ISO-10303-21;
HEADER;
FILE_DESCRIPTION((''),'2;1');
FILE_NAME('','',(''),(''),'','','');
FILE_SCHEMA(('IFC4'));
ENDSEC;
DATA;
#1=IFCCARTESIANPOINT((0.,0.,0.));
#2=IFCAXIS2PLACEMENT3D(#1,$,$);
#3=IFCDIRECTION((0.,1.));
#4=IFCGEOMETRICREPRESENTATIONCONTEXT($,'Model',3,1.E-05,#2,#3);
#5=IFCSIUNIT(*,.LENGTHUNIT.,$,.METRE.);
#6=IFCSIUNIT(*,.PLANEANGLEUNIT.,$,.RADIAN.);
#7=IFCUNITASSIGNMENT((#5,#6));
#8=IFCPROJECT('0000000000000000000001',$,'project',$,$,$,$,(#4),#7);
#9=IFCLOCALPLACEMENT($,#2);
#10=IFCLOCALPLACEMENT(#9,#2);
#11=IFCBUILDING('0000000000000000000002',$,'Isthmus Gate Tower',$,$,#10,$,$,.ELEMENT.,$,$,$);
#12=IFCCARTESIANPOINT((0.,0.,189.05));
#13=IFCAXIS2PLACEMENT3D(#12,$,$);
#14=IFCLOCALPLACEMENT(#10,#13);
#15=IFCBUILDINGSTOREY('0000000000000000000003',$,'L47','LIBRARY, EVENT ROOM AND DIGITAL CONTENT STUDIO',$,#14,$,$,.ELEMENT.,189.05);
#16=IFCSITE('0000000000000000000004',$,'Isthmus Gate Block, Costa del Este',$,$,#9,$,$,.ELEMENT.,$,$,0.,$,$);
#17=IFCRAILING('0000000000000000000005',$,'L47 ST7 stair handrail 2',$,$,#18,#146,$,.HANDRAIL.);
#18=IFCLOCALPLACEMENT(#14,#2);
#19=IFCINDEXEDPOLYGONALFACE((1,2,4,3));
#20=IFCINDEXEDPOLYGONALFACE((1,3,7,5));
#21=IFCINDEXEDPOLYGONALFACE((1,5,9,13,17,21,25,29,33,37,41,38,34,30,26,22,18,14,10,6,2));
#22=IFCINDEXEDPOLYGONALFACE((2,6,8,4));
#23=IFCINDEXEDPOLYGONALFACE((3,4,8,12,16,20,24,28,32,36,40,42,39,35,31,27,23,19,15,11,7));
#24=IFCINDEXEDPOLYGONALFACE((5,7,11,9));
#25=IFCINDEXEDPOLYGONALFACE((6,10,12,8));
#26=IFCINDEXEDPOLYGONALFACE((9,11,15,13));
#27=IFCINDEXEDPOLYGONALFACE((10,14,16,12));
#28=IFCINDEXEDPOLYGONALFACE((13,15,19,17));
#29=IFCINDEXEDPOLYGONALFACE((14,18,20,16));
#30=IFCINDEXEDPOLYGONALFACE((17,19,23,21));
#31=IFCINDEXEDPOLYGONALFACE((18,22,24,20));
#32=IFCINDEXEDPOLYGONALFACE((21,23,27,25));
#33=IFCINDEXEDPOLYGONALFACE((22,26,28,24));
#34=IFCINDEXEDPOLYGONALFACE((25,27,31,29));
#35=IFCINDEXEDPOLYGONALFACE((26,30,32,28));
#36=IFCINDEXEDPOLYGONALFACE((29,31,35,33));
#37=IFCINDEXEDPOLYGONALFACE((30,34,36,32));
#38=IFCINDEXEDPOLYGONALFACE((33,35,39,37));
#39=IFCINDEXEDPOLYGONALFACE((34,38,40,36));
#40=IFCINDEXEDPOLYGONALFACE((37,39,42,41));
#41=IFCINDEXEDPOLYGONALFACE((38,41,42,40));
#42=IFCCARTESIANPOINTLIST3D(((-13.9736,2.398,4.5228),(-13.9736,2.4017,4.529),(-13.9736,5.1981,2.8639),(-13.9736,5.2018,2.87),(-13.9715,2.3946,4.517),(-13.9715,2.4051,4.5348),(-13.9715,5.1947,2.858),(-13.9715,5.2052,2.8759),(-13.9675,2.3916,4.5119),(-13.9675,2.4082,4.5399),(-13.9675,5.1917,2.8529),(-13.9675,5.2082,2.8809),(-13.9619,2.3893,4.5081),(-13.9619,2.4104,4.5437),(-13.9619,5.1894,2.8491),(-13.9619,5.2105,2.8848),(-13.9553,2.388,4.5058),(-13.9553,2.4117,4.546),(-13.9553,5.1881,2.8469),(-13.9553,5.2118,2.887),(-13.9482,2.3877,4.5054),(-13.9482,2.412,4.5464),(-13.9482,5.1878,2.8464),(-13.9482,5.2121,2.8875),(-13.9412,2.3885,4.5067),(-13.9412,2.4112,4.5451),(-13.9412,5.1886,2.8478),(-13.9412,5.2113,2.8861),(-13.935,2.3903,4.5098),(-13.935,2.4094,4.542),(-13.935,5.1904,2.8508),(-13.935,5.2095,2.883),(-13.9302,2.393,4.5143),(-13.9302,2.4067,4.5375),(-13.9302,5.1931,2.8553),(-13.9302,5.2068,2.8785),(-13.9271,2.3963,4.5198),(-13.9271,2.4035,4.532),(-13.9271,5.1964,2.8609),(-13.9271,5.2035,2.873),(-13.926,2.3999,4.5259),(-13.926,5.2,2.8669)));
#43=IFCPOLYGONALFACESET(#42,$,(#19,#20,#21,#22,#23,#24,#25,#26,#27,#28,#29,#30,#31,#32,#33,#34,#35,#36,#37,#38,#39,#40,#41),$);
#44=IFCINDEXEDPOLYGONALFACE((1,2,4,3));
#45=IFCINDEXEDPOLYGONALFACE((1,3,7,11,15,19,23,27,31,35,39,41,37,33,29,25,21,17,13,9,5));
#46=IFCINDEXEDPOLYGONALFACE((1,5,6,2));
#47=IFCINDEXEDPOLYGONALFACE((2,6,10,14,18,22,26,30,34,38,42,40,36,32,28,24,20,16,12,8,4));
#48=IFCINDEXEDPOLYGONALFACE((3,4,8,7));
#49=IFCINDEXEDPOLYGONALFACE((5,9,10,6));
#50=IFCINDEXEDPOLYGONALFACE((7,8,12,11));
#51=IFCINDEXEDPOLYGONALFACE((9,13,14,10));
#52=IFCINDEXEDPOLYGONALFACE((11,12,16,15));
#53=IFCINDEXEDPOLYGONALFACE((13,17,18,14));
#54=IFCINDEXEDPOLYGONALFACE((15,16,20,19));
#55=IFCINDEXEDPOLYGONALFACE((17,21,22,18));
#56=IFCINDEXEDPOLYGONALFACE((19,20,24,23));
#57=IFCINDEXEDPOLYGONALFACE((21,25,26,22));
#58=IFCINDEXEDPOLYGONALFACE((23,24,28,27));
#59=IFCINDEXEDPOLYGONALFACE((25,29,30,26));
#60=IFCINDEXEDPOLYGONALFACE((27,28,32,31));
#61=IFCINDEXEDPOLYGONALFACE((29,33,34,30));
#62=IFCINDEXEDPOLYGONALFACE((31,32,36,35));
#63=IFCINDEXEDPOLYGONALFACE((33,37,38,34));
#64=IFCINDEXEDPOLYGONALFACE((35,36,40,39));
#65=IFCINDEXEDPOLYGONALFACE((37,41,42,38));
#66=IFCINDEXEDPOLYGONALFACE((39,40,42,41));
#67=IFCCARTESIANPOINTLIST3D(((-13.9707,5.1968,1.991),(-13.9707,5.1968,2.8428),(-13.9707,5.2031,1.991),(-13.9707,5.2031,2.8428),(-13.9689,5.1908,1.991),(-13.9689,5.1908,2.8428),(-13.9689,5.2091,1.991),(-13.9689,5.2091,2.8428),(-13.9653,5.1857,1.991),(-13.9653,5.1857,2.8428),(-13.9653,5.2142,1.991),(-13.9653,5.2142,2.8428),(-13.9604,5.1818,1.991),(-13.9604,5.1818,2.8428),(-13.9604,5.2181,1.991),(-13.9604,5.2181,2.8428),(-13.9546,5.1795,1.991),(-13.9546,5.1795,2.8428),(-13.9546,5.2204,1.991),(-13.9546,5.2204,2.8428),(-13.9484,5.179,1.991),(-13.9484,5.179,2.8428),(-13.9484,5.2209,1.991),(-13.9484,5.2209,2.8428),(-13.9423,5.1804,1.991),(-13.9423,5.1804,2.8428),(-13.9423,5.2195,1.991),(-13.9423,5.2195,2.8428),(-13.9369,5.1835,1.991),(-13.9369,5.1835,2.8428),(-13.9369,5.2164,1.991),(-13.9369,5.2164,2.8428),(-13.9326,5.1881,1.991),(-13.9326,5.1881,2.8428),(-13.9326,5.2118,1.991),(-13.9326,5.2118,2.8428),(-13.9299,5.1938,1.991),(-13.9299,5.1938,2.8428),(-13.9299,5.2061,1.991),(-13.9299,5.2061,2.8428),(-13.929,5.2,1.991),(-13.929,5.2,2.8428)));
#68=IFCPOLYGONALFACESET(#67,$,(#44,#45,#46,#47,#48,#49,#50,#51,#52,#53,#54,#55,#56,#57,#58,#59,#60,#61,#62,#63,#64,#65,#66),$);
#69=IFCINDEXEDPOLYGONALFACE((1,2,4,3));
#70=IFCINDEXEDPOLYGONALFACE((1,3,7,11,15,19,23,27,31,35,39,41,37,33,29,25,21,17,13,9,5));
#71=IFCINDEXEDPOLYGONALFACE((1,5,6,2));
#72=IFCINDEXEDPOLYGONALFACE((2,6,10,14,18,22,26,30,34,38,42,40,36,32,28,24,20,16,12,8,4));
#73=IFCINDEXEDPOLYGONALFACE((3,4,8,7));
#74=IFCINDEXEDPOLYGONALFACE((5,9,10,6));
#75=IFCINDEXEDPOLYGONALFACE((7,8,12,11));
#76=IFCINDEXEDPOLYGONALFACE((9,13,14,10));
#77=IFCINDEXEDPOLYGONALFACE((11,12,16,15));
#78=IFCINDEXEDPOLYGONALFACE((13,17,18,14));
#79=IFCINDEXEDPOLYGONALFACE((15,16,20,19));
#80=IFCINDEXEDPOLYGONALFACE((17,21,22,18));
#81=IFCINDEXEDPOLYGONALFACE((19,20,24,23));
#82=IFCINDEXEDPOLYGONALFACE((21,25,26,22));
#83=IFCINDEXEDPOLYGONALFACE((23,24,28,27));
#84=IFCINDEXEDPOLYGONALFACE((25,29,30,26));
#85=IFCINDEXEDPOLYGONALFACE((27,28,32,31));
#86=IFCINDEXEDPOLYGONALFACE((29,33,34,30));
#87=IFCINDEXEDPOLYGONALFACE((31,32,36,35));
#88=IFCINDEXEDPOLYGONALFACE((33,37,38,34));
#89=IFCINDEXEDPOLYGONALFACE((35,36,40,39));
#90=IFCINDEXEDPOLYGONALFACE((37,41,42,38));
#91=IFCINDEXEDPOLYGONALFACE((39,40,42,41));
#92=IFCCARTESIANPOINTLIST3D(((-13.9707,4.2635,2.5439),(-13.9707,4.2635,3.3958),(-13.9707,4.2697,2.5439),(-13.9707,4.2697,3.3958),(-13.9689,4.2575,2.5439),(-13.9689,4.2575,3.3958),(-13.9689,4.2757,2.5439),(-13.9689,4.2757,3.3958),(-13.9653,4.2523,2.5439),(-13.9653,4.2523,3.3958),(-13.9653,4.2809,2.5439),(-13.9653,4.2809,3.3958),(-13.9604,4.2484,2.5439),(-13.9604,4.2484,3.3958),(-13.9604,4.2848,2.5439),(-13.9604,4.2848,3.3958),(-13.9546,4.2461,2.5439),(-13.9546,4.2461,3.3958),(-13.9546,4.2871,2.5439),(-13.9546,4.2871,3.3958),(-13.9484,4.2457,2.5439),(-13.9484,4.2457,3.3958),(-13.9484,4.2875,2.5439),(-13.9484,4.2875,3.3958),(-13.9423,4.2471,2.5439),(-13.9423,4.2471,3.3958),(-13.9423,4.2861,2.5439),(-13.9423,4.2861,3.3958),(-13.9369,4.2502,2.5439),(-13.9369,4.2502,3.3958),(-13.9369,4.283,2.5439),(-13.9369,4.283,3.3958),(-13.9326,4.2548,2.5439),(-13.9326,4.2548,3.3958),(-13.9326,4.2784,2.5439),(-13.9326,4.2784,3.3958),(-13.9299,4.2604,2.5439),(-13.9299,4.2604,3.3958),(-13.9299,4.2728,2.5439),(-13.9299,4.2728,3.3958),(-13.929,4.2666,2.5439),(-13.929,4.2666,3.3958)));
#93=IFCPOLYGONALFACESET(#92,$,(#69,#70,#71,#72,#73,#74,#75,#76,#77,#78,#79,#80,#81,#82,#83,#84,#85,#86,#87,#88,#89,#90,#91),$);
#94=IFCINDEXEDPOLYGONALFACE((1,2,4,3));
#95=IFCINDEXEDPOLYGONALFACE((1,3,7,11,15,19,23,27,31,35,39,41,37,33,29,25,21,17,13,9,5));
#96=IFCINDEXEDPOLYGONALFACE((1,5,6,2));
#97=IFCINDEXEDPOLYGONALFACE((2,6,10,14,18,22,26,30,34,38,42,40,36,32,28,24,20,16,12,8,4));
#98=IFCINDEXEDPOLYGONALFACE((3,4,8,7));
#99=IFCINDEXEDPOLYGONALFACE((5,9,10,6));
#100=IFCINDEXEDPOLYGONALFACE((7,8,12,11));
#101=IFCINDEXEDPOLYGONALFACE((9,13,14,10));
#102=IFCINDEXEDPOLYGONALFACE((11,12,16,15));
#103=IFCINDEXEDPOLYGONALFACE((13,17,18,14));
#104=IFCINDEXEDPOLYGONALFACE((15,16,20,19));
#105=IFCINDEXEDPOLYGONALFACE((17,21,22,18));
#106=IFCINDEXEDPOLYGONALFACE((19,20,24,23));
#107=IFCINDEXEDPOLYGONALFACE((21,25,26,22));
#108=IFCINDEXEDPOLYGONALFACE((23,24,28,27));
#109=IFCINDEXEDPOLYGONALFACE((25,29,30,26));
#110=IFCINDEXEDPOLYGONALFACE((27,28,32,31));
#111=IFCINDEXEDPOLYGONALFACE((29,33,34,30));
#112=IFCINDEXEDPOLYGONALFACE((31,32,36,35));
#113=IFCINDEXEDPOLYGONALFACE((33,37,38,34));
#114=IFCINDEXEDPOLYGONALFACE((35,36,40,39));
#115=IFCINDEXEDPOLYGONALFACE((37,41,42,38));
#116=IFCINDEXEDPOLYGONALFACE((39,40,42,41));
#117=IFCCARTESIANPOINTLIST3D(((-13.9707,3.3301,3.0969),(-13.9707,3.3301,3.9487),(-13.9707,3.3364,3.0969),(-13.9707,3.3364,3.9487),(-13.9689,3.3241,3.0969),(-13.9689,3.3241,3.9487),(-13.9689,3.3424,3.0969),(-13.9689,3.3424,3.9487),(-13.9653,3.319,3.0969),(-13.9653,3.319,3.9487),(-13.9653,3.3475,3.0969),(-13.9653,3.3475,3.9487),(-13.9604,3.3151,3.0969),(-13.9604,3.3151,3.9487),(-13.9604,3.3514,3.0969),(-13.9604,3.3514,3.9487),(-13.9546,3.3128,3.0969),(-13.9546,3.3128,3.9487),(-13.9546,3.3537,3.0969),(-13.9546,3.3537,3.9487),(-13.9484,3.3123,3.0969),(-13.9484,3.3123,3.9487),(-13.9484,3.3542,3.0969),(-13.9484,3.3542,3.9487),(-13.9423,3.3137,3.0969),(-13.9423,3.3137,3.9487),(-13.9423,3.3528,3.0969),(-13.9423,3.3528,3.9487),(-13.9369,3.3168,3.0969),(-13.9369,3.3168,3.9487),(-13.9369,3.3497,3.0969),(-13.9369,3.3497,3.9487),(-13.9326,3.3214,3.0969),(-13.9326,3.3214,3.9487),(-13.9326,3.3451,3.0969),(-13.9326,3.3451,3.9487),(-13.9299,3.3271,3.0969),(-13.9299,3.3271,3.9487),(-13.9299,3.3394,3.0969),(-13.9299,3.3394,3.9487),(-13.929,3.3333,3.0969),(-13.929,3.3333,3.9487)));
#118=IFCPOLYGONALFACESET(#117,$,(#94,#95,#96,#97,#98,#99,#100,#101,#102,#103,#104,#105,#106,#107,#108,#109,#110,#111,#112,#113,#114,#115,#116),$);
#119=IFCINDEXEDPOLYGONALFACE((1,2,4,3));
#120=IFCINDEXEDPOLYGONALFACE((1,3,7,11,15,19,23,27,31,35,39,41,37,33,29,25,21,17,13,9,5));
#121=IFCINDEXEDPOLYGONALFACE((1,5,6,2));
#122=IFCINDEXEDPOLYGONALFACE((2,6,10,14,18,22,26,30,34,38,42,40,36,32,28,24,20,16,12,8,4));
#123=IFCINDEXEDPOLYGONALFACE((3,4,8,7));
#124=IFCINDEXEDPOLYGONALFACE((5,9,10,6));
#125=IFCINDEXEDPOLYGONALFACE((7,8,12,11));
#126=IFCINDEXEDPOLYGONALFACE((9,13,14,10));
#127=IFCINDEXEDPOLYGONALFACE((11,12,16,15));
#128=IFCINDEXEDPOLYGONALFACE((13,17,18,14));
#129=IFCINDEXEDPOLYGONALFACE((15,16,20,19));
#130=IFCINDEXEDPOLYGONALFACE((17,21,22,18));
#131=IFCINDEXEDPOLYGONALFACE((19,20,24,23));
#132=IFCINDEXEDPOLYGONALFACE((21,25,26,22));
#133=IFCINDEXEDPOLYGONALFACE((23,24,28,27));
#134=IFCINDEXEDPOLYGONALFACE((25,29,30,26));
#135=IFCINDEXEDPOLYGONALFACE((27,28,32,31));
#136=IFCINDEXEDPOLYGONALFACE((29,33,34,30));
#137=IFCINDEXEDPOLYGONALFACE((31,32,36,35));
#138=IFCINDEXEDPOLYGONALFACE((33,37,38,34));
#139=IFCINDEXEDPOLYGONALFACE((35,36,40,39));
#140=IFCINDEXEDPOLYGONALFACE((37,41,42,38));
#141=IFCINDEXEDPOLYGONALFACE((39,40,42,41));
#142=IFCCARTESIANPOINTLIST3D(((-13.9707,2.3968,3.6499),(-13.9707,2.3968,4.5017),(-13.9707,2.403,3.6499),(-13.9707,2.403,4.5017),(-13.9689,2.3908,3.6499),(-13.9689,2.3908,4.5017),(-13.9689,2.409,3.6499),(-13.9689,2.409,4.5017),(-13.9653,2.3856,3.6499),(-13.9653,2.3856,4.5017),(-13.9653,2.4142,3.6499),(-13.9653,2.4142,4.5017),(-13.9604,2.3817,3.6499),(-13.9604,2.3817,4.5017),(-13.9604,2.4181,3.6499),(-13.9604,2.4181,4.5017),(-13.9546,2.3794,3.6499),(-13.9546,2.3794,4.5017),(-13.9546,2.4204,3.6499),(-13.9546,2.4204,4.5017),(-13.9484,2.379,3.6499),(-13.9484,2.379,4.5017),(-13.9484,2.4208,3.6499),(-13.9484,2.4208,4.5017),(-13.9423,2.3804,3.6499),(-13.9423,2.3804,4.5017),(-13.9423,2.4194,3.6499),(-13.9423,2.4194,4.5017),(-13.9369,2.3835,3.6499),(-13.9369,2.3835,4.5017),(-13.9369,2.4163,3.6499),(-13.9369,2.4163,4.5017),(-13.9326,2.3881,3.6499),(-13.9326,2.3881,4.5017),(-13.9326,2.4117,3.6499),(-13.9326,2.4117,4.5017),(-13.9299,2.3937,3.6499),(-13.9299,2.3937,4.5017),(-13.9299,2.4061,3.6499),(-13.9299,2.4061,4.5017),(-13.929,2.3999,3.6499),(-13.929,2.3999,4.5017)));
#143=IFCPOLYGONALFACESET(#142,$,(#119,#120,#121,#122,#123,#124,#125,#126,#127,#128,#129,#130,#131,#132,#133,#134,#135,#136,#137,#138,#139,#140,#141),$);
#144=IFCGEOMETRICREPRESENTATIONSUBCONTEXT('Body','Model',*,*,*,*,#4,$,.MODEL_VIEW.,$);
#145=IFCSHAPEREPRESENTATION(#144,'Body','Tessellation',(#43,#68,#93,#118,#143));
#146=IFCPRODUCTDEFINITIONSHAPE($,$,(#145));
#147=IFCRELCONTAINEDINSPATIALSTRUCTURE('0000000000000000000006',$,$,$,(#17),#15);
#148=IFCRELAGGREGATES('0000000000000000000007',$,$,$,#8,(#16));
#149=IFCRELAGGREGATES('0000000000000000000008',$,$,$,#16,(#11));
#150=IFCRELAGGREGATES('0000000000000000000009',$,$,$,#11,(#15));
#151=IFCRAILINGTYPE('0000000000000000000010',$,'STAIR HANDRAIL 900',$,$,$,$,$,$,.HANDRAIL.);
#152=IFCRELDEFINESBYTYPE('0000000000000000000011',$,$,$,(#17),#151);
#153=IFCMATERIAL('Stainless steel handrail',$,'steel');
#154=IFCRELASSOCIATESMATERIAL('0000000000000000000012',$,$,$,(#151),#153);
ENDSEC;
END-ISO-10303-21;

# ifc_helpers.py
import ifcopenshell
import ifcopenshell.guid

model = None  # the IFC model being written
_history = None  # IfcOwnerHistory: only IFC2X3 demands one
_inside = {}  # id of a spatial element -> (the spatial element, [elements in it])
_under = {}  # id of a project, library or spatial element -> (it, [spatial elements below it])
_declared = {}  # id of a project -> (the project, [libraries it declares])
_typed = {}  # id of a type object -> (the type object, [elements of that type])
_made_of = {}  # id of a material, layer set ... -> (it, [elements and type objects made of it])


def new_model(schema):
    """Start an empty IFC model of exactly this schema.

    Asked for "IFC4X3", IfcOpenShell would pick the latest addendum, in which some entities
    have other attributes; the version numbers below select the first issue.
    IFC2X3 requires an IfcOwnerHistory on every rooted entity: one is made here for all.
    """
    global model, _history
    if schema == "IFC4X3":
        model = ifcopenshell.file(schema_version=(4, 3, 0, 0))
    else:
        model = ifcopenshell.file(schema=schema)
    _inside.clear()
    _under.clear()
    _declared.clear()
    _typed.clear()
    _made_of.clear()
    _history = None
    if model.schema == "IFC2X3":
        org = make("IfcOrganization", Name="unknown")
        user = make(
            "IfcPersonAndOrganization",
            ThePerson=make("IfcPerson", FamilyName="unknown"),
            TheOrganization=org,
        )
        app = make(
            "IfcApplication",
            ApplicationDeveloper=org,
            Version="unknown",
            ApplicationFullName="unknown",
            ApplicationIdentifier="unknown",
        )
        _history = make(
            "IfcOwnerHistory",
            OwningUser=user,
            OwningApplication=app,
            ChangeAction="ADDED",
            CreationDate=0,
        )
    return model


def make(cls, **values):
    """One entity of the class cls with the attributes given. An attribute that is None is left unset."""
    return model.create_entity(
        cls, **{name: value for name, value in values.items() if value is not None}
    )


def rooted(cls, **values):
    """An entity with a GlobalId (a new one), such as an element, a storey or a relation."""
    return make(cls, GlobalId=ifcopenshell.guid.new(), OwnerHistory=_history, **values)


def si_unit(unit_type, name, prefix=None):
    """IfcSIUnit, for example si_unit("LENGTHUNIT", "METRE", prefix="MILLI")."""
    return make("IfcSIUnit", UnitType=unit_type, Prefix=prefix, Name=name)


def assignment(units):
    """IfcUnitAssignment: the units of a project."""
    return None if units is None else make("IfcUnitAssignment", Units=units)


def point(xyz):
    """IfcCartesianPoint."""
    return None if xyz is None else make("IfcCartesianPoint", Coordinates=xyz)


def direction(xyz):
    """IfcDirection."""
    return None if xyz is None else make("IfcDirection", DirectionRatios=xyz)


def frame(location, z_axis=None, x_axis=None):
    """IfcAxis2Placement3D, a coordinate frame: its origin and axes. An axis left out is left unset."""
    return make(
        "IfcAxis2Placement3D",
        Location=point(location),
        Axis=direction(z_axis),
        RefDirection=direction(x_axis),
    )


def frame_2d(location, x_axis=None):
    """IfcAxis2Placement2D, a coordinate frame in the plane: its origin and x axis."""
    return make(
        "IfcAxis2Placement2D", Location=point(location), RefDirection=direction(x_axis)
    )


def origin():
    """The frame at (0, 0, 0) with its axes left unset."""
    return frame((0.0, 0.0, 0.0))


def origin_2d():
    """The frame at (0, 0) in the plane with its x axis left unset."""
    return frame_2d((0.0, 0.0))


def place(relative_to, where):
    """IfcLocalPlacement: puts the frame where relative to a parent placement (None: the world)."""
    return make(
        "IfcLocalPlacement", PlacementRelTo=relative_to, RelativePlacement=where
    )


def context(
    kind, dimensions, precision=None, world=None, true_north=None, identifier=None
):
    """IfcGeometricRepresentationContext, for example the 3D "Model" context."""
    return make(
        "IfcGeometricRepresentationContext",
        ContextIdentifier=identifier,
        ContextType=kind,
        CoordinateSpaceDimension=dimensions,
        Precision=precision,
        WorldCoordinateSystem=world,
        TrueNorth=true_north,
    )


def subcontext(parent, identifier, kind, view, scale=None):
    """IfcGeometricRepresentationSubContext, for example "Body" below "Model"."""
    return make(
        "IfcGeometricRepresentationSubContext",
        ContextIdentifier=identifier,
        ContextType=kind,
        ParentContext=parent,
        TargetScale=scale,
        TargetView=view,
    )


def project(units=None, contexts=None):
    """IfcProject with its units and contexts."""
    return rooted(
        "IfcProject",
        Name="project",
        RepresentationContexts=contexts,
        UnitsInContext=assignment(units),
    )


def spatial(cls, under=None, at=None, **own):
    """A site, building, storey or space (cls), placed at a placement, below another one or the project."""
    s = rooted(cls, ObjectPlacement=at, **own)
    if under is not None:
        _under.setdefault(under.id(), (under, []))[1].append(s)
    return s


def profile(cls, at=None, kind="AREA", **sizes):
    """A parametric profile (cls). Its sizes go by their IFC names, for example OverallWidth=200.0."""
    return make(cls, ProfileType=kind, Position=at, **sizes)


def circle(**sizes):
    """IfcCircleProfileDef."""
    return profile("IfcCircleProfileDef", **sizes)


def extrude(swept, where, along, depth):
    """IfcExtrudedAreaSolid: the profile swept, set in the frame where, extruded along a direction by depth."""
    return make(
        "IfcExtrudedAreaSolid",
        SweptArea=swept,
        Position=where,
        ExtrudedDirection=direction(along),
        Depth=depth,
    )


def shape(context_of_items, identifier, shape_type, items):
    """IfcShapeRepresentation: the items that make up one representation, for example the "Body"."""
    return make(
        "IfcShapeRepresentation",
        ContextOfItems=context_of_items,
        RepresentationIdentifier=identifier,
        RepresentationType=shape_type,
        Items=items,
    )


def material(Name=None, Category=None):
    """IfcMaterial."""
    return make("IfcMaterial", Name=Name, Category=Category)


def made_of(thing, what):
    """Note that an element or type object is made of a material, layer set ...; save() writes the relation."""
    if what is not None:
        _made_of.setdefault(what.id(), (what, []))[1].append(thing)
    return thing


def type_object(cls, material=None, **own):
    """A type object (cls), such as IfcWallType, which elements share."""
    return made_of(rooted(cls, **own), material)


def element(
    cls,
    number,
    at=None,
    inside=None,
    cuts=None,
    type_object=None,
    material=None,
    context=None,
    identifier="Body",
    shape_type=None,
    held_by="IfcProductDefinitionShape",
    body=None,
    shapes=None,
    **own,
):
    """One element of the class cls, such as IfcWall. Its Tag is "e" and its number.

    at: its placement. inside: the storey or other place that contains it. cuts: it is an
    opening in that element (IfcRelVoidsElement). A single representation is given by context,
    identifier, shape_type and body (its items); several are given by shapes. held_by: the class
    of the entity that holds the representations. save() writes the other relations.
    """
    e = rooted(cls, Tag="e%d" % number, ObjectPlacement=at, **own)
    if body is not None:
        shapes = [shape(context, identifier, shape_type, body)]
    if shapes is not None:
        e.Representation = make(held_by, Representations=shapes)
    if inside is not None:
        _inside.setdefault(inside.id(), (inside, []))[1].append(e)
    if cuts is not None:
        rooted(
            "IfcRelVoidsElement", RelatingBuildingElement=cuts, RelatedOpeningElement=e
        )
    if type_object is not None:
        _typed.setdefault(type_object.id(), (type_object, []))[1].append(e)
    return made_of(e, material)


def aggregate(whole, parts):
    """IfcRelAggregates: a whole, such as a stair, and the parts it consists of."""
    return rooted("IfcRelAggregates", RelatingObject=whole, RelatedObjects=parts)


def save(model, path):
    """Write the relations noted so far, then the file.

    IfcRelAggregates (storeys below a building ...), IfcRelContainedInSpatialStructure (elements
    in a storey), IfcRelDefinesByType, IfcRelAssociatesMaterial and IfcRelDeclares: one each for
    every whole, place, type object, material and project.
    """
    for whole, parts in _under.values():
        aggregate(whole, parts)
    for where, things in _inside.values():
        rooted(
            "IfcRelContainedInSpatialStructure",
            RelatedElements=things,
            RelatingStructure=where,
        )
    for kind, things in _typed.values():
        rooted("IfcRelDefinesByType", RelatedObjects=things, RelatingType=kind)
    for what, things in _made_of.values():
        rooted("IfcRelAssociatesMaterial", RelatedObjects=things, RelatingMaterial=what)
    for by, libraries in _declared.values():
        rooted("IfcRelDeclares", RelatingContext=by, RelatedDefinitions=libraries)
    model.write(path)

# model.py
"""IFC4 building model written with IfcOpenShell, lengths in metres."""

from ifc_helpers import new_model, si_unit, direction, frame, origin, origin_2d, place, context, subcontext, project, spatial, circle, extrude, material, type_object, element, save


model = new_model("IFC4")

# Units and contexts
model_context = context("Model", 3, precision=1e-05, world=origin(), true_north=direction((0.0, 1.0)))
body_context = subcontext(model_context, "Body", "Model", "MODEL_VIEW")
ifc_project = project(units=[si_unit("LENGTHUNIT", "METRE"), si_unit("PLANEANGLEUNIT", "RADIAN")], contexts=[model_context])

# Site, building, storey
site_placement = place(None, origin())
site = spatial("IfcSite", under=ifc_project, at=site_placement, Name="Isthmus Gate Block, Costa del Este", CompositionType="ELEMENT", RefElevation=0.0)
building_placement = place(site_placement, origin())
building = spatial("IfcBuilding", under=site, at=building_placement, Name="Isthmus Gate Tower", CompositionType="ELEMENT")
storey_placement = place(building_placement, frame((0.0, 0.0, 189.05)))
storey = spatial("IfcBuildingStorey", under=building, at=storey_placement, Name="L47", Description="LIBRARY, EVENT ROOM AND DIGITAL CONTENT STUDIO", CompositionType="ELEMENT", Elevation=189.05)

# Railing
ifc_material_1 = material(Name="Stainless steel handrail", Category="steel")
railing_type_1 = type_object("IfcRailingType", Name="STAIR HANDRAIL 900", PredefinedType="HANDRAIL", material=ifc_material_1)
railing_1_placement = place(storey_placement, frame((-13.95, 5.2, 1.991)))
element("IfcRailing", 1, at=railing_1_placement, inside=storey, type_object=railing_type_1, Name="L47 ST7 stair handrail 2", PredefinedType="HANDRAIL", context=body_context, shape_type="SweptSolid", body=[
    extrude(circle(Radius=0.0239, at=origin_2d()), frame((0.0, 0.0, 0.876), z_axis=(0.0, -0.860339, 0.509722), x_axis=(1.0, 0.0, 0.0)), (0.0, 0.0, 1.0), 3.2546),
    extrude(circle(Radius=0.021, at=origin_2d()), origin(), (0.0, 0.0, 1.0), 0.8518),
    extrude(circle(Radius=0.021, at=origin_2d()), frame((0.0, -0.9333, 0.553)), (0.0, 0.0, 1.0), 0.8518),
    extrude(circle(Radius=0.021, at=origin_2d()), frame((0.0, -1.8667, 1.106)), (0.0, 0.0, 1.0), 0.8518),
    extrude(circle(Radius=0.021, at=origin_2d()), frame((0.0, -2.8, 1.6589)), (0.0, 0.0, 1.0), 0.8518),
])

save(model, "model.ifc")
